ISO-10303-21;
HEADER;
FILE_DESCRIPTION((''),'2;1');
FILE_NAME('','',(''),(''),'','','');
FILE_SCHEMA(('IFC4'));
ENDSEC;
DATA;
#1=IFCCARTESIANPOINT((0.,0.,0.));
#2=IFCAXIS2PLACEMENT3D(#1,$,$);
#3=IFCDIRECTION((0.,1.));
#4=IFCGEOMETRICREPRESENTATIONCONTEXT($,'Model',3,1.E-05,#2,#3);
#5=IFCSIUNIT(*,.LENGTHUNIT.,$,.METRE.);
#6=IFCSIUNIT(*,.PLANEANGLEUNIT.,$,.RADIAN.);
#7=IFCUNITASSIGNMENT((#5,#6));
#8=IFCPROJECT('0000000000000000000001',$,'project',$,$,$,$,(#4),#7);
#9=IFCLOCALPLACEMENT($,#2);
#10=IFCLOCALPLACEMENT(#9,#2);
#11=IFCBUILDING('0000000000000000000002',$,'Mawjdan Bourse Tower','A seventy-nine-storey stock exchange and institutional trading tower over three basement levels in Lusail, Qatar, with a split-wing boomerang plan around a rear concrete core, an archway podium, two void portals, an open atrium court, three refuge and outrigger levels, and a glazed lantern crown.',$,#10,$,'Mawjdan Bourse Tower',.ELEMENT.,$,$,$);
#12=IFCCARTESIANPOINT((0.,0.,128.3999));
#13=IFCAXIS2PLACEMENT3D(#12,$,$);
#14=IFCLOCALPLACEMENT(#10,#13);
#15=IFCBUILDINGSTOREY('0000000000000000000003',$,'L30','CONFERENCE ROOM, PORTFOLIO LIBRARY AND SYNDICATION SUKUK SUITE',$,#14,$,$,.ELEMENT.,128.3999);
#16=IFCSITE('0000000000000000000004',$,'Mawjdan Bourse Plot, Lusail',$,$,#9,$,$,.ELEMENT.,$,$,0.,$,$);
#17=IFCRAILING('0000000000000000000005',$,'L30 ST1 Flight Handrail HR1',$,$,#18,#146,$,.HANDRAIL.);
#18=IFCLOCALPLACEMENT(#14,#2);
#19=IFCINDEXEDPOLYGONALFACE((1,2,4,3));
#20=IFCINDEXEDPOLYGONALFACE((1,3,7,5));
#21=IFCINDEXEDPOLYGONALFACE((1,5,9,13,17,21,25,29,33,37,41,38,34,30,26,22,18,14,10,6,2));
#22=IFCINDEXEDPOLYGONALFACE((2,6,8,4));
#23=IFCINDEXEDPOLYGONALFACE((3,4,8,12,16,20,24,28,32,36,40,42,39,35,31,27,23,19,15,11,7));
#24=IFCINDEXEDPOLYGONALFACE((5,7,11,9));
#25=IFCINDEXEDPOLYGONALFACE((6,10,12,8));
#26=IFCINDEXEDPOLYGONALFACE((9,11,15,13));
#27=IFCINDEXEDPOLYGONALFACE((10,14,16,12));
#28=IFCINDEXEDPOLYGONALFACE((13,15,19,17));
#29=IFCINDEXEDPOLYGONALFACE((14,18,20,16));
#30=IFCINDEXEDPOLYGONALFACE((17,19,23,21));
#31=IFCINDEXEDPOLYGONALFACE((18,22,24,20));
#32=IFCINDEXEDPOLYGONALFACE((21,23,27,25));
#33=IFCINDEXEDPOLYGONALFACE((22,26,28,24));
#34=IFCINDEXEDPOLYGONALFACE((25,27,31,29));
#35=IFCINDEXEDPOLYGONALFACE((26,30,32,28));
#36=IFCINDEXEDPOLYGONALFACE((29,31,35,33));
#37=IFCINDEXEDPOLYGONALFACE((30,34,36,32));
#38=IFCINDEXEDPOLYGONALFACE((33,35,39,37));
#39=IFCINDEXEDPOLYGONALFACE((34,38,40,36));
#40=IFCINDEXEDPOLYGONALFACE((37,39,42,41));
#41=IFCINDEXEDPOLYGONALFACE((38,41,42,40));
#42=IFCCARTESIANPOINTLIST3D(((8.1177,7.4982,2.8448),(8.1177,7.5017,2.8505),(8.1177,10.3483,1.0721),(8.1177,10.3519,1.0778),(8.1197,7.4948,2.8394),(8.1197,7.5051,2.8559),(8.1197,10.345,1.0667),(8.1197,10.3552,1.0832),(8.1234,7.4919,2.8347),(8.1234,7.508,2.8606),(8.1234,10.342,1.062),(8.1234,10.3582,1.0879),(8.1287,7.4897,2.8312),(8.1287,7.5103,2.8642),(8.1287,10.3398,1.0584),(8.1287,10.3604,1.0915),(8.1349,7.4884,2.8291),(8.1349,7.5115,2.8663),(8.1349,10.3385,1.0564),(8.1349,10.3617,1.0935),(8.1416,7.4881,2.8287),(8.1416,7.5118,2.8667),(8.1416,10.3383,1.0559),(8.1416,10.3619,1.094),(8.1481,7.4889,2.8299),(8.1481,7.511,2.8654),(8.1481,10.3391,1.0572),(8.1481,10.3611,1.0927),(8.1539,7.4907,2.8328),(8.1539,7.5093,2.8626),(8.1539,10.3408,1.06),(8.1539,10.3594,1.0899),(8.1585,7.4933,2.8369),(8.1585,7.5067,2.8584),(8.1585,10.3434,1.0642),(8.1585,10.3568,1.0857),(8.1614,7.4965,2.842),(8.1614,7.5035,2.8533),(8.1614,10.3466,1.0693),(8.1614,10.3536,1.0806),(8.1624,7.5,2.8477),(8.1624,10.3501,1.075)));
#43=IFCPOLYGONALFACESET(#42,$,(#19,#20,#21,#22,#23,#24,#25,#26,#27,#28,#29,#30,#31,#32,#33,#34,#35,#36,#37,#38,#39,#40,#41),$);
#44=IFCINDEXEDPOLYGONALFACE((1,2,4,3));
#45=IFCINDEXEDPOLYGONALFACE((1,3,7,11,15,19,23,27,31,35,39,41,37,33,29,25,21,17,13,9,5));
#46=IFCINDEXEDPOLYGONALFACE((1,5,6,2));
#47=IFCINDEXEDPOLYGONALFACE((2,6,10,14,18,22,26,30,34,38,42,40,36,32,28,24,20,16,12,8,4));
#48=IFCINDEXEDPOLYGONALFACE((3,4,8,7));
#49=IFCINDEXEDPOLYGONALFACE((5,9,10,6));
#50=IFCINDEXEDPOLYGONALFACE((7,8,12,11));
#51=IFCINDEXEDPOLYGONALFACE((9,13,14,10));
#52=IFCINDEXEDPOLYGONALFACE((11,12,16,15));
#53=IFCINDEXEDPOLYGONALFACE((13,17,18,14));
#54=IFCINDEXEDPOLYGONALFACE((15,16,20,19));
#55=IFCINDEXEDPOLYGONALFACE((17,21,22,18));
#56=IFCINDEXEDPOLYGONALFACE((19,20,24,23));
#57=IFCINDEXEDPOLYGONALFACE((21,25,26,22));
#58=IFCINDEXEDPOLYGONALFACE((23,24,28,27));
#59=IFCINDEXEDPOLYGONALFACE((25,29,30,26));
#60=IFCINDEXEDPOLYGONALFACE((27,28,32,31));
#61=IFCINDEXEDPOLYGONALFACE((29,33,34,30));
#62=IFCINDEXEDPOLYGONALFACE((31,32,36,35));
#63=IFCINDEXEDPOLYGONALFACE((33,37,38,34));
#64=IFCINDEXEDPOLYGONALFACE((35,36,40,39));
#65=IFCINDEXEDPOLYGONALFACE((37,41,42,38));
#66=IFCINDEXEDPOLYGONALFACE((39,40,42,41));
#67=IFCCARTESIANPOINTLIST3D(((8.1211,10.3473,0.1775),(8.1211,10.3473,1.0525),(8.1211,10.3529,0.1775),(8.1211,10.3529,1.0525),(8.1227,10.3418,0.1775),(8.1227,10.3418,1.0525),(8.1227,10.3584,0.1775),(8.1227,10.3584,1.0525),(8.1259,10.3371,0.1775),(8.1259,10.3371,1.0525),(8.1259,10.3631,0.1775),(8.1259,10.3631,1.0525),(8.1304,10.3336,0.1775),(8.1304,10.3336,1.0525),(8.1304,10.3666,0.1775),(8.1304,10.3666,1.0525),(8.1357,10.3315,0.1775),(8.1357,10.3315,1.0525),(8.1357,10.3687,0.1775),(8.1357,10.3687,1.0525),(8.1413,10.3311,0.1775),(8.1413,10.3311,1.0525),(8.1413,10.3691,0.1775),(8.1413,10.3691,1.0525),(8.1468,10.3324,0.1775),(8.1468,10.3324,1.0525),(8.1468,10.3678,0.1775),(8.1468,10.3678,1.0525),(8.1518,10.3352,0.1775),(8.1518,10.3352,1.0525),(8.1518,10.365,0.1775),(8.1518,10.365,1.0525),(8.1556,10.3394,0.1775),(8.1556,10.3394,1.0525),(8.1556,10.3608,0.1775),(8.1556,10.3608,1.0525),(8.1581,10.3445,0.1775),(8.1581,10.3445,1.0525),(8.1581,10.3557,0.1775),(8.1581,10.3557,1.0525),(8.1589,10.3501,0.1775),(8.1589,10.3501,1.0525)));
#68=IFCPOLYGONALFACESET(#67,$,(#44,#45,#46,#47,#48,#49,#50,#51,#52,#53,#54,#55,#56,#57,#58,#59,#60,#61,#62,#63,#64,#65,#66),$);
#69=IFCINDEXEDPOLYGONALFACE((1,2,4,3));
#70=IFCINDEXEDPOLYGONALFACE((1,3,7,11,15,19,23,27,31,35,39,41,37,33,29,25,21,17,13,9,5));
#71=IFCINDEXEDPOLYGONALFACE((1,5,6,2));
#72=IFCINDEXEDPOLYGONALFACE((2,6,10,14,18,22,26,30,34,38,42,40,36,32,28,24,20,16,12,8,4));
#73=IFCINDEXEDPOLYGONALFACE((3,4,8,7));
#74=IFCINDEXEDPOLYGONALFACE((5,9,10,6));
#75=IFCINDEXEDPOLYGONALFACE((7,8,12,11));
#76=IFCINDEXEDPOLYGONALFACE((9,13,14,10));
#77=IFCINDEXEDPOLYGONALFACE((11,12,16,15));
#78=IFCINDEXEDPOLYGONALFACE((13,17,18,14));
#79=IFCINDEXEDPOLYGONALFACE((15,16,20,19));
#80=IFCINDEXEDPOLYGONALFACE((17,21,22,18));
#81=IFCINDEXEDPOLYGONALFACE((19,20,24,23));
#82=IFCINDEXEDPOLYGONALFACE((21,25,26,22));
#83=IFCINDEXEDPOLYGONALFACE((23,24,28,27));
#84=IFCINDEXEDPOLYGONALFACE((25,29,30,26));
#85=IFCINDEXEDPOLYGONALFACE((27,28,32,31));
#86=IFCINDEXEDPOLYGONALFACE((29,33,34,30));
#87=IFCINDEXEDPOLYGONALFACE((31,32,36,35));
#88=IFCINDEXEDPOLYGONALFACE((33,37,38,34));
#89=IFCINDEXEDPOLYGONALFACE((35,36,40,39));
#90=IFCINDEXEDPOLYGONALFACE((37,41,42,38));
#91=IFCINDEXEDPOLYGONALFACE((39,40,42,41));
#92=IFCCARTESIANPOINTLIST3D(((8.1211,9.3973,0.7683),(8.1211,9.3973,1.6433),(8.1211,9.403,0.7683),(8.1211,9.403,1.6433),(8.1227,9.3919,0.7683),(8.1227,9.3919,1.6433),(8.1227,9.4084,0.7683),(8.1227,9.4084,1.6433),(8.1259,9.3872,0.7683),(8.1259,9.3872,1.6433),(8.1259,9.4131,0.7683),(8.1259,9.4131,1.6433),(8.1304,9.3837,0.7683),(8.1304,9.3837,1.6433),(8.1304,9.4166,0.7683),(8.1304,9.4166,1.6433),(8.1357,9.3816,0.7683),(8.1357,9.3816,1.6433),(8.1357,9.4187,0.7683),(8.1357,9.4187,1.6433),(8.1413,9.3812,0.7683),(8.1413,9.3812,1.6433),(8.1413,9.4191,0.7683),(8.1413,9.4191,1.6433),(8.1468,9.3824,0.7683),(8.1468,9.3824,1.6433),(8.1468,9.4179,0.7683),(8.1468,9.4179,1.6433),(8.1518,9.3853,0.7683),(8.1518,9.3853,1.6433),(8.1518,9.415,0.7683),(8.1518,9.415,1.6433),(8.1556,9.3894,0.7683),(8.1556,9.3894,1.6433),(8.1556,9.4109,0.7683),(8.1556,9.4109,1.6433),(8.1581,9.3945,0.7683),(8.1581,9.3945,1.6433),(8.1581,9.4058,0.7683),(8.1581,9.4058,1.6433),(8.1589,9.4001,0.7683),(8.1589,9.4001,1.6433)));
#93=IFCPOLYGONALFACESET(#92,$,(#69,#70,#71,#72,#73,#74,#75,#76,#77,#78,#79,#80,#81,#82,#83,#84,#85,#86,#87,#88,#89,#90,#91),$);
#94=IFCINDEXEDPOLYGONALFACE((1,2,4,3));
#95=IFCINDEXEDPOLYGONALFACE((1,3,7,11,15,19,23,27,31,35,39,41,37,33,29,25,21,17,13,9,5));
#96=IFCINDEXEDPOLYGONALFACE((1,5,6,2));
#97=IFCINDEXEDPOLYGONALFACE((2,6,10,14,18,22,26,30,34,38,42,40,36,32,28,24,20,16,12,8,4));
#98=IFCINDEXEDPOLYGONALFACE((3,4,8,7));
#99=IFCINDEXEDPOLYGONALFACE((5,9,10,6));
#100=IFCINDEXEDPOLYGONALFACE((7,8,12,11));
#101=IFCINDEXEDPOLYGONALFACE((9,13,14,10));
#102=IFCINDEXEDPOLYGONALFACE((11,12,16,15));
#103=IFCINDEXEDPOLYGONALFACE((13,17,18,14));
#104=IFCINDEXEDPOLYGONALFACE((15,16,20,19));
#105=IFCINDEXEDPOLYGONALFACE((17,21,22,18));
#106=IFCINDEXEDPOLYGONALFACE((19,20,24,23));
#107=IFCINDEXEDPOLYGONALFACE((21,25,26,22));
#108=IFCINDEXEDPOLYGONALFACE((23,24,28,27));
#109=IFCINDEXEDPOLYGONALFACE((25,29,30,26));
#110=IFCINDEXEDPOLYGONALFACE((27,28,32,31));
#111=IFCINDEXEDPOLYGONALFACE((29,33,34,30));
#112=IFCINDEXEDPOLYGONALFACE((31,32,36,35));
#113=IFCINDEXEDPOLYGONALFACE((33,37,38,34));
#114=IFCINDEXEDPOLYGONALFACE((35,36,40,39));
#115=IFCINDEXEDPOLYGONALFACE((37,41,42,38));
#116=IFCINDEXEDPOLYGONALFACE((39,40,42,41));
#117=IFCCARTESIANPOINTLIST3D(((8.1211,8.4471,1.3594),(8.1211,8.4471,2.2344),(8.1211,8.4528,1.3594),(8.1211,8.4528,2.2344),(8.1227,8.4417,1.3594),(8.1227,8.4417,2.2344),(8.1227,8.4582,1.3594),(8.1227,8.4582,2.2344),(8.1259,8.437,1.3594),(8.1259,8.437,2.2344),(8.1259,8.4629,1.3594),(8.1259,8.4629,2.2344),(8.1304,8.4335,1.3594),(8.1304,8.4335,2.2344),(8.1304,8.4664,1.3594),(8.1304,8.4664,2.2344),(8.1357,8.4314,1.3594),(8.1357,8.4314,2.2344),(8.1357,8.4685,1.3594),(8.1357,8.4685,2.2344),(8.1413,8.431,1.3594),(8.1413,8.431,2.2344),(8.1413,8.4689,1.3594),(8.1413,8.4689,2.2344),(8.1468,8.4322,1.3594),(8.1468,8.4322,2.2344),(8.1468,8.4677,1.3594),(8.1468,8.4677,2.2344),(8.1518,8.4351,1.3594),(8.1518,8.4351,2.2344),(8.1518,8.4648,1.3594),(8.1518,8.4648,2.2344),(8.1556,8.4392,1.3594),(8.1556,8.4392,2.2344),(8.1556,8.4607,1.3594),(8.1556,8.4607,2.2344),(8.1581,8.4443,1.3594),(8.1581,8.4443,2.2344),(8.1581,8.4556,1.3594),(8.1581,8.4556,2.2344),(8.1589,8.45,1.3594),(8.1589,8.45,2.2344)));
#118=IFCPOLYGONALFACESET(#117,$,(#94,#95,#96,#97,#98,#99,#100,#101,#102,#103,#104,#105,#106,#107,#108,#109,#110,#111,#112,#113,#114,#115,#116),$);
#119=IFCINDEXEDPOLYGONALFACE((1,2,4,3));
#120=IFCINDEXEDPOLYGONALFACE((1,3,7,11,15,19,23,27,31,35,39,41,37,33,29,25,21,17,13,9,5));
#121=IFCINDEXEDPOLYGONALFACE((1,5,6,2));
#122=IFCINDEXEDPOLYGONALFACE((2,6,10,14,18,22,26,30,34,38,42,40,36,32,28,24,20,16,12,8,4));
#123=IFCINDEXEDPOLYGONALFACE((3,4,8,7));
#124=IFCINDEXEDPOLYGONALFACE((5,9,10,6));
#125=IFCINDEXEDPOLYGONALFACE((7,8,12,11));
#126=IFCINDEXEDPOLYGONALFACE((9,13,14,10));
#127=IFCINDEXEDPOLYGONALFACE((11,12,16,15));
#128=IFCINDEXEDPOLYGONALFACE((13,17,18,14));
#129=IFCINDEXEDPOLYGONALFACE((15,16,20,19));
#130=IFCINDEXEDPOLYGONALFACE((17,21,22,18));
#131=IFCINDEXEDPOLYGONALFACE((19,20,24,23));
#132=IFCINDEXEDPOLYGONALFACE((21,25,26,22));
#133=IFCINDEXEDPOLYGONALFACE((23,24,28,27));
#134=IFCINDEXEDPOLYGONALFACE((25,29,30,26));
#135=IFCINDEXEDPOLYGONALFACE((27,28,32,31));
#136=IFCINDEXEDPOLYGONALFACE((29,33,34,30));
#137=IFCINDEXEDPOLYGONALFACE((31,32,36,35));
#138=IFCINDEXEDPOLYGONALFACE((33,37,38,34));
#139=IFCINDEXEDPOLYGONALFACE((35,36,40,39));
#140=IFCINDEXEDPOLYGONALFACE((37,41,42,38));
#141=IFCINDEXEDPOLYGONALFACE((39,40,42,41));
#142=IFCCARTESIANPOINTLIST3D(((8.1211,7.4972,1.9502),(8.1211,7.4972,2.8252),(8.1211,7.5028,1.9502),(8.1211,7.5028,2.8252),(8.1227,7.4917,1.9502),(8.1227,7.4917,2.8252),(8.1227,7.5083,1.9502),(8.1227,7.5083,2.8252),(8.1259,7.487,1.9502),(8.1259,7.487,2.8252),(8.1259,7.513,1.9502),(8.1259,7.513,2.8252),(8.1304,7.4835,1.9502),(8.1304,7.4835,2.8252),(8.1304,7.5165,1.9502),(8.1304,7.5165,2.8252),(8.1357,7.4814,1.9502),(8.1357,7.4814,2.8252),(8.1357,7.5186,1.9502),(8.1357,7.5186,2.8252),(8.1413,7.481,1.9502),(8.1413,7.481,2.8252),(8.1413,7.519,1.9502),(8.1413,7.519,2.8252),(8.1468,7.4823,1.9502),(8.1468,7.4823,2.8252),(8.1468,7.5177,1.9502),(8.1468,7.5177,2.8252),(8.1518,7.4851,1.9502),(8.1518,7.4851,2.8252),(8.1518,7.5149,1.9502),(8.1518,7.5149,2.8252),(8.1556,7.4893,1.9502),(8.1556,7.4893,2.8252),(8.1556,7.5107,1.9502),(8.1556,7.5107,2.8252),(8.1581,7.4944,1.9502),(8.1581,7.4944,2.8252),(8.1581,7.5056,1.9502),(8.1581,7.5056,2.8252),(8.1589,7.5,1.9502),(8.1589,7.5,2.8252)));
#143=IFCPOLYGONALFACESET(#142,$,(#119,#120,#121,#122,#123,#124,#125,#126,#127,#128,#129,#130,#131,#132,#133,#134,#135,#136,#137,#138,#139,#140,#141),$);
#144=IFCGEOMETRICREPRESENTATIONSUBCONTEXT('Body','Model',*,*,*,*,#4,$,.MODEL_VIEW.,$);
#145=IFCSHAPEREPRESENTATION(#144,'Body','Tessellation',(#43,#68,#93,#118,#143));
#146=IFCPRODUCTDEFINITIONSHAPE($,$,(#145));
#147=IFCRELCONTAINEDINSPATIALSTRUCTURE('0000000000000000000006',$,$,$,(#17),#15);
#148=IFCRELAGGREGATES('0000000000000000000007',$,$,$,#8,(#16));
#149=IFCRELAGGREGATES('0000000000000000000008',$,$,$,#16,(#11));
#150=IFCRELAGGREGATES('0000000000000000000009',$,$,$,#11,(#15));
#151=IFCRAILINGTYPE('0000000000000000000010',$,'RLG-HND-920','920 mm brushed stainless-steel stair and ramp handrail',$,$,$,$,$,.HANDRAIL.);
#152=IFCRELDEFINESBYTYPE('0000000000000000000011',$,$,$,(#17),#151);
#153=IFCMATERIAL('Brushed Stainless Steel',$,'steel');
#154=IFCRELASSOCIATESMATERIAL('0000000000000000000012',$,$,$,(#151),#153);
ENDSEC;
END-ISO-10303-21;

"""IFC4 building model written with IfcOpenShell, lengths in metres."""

from ifc_helpers import new_model, si_unit, direction, frame, origin, origin_2d, place, context, subcontext, project, spatial, circle, extrude, material, type_object, element, save


model = new_model("IFC4")

# Units and contexts
model_context = context("Model", 3, precision=1e-05, world=origin(), true_north=direction((0.0, 1.0)))
body_context = subcontext(model_context, "Body", "Model", "MODEL_VIEW")
ifc_project = project(units=[si_unit("LENGTHUNIT", "METRE"), si_unit("PLANEANGLEUNIT", "RADIAN")], contexts=[model_context])

# Site, building, storey
site_placement = place(None, origin())
site = spatial("IfcSite", under=ifc_project, at=site_placement, Name="Mawjdan Bourse Plot, Lusail", CompositionType="ELEMENT", RefElevation=0.0)
building_placement = place(site_placement, origin())
building = spatial("IfcBuilding", under=site, at=building_placement, Name="Mawjdan Bourse Tower", Description="A seventy-nine-storey stock exchange and institutional trading tower over three basement levels in Lusail, Qatar, with a split-wing boomerang plan around a rear concrete core, an archway podium, two void portals, an open atrium court, three refuge and outrigger levels, and a glazed lantern crown.", LongName="Mawjdan Bourse Tower", CompositionType="ELEMENT")
storey_placement = place(building_placement, frame((0.0, 0.0, 128.3999)))
storey = spatial("IfcBuildingStorey", under=building, at=storey_placement, Name="L30", Description="CONFERENCE ROOM, PORTFOLIO LIBRARY AND SYNDICATION SUKUK SUITE", CompositionType="ELEMENT", Elevation=128.3999)

# Railing
ifc_material_1 = material(Name="Brushed Stainless Steel", Category="steel")
railing_type_1 = type_object("IfcRailingType", Name="RLG-HND-920", Description="920 mm brushed stainless-steel stair and ramp handrail", PredefinedType="HANDRAIL", material=ifc_material_1)
railing_1_placement = place(storey_placement, frame((8.1399, 10.3501, 0.1775)))
element("IfcRailing", 1, at=railing_1_placement, inside=storey, type_object=railing_type_1, Name="L30 ST1 Flight Handrail HR1", PredefinedType="HANDRAIL", context=body_context, shape_type="SweptSolid", body=[
    extrude(circle(Radius=0.0225, at=origin_2d()), frame((0.0, 0.0, 0.8975), z_axis=(0.0, -0.849149, 0.528154), x_axis=(1.0, 0.0, 0.0)), (0.0, 0.0, 1.0), 3.3564),
    extrude(circle(Radius=0.019, at=origin_2d()), origin(), (0.0, 0.0, 1.0), 0.875),
    extrude(circle(Radius=0.019, at=origin_2d()), frame((0.0, -0.95, 0.5908)), (0.0, 0.0, 1.0), 0.875),
    extrude(circle(Radius=0.019, at=origin_2d()), frame((0.0, -1.9001, 1.1819)), (0.0, 0.0, 1.0), 0.875),
    extrude(circle(Radius=0.019, at=origin_2d()), frame((0.0, -2.8501, 1.7727)), (0.0, 0.0, 1.0), 0.875),
])

save(model, "model.ifc")
